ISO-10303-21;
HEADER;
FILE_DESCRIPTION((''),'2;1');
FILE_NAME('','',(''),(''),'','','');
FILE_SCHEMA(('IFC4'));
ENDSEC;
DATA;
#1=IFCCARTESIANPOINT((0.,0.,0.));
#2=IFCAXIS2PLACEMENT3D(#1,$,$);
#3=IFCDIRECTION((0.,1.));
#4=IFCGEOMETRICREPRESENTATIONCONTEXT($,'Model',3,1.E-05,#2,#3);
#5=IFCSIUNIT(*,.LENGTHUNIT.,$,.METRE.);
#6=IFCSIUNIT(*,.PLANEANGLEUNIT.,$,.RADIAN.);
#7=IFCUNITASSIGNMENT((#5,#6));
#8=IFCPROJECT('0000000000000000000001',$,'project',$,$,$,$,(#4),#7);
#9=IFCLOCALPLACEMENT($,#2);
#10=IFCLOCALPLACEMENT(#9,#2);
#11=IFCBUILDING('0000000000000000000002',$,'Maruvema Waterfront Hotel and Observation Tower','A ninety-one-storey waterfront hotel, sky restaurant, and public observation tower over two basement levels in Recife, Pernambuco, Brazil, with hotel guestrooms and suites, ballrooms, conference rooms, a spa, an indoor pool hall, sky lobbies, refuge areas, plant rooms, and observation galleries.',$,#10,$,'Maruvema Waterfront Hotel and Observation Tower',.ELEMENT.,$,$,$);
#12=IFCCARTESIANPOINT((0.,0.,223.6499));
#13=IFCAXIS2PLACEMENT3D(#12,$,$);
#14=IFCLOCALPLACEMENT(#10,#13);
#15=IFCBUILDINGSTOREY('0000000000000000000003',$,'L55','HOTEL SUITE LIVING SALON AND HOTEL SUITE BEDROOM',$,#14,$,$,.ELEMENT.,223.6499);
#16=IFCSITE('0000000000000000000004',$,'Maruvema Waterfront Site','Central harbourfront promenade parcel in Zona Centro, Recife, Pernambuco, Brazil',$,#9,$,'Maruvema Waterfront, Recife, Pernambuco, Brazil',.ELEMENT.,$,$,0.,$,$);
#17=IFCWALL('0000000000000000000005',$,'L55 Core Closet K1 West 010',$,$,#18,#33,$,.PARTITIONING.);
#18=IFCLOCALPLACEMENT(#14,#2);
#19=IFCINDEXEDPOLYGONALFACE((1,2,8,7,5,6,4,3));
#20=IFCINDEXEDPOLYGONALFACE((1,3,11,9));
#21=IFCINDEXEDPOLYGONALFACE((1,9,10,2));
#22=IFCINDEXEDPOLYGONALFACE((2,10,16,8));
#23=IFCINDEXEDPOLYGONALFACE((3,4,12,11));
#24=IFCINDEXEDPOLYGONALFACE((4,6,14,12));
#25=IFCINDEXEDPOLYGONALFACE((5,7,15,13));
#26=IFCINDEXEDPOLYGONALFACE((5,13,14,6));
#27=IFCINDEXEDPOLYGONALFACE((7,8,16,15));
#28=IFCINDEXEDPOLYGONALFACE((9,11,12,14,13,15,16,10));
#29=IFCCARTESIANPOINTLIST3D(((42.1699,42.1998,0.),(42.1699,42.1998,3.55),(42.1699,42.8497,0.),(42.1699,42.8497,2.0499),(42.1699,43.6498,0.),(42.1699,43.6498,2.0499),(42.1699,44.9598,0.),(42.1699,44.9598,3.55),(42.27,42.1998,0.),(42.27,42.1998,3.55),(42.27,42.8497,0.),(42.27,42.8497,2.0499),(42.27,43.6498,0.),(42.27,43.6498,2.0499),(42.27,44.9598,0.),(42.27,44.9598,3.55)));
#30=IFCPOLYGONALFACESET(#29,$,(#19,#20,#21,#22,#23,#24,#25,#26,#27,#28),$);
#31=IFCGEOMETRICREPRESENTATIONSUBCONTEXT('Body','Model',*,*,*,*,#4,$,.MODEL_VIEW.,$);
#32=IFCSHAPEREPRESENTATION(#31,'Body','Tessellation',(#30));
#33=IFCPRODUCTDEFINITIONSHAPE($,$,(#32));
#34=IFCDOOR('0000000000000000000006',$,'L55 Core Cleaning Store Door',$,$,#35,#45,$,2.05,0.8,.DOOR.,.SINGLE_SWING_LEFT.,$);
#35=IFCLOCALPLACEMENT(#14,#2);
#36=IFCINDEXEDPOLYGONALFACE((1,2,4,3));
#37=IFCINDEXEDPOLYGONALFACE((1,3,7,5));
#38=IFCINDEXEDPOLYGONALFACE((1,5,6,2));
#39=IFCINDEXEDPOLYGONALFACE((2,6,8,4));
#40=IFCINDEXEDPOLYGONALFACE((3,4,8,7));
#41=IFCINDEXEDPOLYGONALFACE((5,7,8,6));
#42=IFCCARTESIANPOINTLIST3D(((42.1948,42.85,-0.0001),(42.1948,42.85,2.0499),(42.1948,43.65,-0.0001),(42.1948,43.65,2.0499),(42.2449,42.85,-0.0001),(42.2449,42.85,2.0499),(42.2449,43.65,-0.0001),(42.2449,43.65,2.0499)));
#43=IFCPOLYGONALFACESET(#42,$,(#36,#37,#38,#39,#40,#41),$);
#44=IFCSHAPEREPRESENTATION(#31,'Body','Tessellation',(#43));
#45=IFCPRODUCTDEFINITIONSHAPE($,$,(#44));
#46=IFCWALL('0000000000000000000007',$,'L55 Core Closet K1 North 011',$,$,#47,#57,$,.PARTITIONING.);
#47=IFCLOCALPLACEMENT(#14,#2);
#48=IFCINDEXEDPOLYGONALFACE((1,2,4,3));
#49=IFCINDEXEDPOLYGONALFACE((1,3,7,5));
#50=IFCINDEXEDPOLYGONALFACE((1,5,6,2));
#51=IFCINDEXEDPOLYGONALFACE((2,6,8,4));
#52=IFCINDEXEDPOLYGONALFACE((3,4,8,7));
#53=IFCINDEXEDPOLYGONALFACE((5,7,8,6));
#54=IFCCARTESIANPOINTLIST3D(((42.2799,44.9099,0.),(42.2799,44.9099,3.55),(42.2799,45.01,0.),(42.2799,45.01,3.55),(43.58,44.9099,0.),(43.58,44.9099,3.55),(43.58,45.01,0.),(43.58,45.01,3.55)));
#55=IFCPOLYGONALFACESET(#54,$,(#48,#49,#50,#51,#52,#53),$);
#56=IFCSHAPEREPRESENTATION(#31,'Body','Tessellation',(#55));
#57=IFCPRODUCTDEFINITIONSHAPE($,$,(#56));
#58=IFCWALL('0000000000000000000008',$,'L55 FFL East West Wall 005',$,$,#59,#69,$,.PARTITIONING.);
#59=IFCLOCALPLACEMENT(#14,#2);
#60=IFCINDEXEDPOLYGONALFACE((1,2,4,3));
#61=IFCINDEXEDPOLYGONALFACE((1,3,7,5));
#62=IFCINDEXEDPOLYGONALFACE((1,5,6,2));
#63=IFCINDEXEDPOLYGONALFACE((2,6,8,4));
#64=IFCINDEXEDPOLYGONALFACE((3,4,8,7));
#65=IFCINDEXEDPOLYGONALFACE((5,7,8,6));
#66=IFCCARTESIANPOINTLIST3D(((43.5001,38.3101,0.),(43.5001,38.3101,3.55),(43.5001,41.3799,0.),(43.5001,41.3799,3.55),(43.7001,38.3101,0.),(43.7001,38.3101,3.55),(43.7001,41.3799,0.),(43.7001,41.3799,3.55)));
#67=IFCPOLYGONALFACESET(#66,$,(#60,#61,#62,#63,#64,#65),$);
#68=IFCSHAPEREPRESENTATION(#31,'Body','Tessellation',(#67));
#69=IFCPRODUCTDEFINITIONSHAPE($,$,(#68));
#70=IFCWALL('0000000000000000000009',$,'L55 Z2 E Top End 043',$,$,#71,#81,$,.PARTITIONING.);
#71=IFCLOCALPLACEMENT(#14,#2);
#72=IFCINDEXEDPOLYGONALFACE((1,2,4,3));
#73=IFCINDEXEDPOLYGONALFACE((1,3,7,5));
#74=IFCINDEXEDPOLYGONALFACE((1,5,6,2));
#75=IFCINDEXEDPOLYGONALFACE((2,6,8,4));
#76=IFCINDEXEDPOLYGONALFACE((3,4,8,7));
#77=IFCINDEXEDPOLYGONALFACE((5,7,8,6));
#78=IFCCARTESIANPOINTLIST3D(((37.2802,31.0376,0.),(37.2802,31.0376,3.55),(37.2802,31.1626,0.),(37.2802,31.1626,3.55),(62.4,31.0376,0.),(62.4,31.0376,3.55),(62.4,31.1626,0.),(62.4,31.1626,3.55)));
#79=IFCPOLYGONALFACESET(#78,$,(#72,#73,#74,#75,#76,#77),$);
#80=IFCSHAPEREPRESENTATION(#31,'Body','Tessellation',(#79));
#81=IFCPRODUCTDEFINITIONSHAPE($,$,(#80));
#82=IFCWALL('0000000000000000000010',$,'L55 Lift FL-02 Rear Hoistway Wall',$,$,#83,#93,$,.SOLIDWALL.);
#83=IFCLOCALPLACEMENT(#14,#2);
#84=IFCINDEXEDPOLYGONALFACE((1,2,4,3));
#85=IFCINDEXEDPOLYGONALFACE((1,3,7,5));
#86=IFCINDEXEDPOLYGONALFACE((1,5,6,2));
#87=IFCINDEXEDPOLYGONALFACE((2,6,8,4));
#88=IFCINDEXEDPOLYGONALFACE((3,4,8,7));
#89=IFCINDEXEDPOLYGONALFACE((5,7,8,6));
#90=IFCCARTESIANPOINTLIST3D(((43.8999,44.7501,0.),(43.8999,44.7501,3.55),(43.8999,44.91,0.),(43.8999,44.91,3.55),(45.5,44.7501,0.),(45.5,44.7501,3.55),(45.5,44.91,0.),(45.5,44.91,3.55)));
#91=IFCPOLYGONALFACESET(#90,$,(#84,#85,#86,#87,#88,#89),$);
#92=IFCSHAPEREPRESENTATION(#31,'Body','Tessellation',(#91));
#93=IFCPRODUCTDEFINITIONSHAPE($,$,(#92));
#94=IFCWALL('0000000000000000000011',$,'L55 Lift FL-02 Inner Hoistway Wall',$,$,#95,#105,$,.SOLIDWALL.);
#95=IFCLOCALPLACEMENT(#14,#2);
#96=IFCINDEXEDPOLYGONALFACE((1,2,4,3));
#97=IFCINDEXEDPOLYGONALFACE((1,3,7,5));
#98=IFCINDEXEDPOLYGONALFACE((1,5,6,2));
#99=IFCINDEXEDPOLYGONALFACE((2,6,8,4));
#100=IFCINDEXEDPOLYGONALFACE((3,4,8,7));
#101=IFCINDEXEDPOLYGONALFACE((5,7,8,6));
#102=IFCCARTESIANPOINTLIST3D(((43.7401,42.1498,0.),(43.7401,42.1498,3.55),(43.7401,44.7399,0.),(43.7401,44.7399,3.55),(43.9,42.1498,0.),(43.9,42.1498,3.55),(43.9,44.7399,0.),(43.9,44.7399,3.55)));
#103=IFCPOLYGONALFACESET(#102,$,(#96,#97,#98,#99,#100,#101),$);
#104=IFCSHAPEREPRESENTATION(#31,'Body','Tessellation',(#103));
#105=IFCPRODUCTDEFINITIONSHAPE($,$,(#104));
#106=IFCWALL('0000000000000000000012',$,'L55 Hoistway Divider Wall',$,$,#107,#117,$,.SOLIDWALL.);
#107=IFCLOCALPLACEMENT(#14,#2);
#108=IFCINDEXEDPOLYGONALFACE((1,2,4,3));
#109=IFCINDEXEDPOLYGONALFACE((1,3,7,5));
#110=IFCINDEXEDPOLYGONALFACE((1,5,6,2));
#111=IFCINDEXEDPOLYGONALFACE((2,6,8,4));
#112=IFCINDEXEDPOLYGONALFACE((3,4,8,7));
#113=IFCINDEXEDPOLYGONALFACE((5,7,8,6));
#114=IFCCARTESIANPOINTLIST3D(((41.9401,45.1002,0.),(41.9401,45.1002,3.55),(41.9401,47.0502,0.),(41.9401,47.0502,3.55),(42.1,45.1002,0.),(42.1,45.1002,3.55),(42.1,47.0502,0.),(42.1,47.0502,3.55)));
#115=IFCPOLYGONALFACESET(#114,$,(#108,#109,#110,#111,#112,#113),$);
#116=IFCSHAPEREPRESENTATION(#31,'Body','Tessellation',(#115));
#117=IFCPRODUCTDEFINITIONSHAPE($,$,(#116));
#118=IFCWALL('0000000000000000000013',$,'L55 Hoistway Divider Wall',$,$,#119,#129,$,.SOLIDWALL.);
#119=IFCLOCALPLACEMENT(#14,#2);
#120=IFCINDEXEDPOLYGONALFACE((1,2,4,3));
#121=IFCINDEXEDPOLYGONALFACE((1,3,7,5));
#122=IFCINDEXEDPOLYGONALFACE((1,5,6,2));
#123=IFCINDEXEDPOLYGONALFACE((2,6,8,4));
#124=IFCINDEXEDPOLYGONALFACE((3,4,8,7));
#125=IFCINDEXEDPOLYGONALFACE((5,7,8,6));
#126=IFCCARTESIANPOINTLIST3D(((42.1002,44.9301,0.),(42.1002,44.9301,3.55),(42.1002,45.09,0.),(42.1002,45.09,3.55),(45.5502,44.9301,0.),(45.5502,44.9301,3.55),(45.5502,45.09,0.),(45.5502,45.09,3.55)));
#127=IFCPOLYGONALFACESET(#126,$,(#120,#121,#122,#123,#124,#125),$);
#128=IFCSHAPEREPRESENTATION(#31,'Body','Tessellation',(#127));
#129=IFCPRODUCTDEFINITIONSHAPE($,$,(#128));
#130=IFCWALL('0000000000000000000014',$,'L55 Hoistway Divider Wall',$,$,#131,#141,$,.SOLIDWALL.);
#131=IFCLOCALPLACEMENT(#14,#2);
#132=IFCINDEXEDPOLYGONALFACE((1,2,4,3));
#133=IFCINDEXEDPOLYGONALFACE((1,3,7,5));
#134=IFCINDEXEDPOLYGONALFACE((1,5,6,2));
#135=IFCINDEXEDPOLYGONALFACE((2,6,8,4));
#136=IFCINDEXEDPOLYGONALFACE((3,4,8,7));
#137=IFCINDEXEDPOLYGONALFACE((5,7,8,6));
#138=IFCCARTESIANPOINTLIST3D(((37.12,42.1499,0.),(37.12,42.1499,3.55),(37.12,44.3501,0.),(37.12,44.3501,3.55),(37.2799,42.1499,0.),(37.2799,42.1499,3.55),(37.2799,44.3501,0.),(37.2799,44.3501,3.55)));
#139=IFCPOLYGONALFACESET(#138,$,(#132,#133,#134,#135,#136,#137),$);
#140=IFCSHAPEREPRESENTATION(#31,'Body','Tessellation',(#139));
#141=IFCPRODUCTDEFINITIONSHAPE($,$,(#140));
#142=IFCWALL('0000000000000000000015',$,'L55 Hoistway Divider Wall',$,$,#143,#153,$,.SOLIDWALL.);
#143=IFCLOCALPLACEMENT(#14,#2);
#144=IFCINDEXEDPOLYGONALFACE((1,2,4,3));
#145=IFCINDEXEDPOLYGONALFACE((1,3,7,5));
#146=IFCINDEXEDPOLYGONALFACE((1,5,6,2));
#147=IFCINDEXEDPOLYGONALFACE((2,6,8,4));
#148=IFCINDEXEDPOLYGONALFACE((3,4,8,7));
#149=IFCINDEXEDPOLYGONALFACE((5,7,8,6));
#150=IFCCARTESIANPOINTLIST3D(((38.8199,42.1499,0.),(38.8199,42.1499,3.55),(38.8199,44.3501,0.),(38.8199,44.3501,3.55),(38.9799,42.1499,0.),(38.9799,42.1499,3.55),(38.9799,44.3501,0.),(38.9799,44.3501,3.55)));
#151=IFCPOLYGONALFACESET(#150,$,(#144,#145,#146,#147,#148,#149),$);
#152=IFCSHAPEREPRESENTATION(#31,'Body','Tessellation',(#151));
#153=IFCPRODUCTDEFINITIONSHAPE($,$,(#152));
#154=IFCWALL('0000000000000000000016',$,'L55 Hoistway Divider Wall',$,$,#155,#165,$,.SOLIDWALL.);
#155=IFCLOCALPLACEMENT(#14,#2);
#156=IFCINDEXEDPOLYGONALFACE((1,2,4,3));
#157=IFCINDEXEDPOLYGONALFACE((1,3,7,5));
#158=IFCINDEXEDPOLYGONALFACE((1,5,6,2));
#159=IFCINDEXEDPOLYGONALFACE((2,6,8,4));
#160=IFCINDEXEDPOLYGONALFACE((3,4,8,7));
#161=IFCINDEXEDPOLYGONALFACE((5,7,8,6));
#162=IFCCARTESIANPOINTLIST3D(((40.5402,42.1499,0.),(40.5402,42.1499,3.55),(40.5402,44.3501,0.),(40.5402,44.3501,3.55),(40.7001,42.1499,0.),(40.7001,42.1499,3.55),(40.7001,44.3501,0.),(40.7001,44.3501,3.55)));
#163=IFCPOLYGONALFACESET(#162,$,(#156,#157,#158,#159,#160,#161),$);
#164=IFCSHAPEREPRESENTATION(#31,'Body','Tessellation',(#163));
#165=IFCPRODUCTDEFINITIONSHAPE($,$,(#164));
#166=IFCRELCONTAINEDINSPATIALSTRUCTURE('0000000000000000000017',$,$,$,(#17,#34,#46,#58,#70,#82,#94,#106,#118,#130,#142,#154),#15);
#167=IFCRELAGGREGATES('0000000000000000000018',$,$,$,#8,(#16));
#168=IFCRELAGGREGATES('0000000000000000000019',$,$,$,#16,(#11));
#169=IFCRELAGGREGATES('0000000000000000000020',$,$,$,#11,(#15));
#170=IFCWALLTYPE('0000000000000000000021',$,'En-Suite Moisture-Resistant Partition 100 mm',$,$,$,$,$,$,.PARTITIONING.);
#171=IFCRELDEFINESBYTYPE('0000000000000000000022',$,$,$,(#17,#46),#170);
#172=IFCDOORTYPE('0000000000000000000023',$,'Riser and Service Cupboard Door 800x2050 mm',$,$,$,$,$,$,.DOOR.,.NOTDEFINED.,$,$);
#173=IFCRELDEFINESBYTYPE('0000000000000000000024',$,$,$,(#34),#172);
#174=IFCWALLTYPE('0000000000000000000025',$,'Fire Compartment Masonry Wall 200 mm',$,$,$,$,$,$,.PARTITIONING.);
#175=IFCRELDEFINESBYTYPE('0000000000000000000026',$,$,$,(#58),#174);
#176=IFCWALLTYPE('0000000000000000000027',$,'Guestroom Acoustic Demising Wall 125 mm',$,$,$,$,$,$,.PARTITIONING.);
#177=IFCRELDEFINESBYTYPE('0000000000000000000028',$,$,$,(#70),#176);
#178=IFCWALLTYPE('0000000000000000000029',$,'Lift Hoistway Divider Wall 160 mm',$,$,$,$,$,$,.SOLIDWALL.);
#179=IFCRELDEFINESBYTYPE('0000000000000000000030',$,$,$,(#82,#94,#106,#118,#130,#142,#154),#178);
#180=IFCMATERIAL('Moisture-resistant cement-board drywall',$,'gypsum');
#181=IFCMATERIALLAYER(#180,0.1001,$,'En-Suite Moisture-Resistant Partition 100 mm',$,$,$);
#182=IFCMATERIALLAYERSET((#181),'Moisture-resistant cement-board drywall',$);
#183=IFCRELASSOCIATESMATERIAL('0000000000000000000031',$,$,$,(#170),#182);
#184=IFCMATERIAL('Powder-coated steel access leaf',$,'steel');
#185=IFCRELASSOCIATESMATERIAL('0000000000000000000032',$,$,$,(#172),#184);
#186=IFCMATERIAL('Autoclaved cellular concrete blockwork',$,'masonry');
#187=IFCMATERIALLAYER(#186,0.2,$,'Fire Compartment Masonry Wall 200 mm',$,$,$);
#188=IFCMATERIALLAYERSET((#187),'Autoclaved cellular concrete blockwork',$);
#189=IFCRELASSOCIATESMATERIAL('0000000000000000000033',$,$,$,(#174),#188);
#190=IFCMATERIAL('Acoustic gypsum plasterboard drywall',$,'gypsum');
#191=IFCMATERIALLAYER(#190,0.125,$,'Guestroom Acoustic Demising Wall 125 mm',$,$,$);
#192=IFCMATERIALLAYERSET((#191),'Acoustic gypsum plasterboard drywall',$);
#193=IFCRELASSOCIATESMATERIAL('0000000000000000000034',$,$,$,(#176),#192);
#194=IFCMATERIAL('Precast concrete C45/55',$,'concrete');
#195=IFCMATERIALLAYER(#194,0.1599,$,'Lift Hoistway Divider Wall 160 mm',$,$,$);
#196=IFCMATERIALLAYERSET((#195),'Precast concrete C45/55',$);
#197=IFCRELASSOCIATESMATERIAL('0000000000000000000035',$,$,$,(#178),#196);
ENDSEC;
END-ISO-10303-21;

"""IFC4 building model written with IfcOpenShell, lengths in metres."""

from ifc_helpers import new_model, si_unit, direction, frame, frame_2d, origin, place, context, subcontext, project, spatial, rectangle, extrude, material, layer, layer_set, type_object, element, fill, save


model = new_model("IFC4")

# Units and contexts
model_context = context("Model", 3, precision=1e-05, world=origin(), true_north=direction((0.0, 1.0)))
body_context = subcontext(model_context, "Body", "Model", "MODEL_VIEW")
ifc_project = project(units=[si_unit("LENGTHUNIT", "METRE"), si_unit("PLANEANGLEUNIT", "RADIAN")], contexts=[model_context])

# Site, building, storey
site_placement = place(None, origin())
site = spatial("IfcSite", under=ifc_project, at=site_placement, Name="Maruvema Waterfront Site", Description="Central harbourfront promenade parcel in Zona Centro, Recife, Pernambuco, Brazil", LongName="Maruvema Waterfront, Recife, Pernambuco, Brazil", CompositionType="ELEMENT", RefElevation=0.0)
building_placement = place(site_placement, origin())
building = spatial("IfcBuilding", under=site, at=building_placement, Name="Maruvema Waterfront Hotel and Observation Tower", Description="A ninety-one-storey waterfront hotel, sky restaurant, and public observation tower over two basement levels in Recife, Pernambuco, Brazil, with hotel guestrooms and suites, ballrooms, conference rooms, a spa, an indoor pool hall, sky lobbies, refuge areas, plant rooms, and observation galleries.", LongName="Maruvema Waterfront Hotel and Observation Tower", CompositionType="ELEMENT")
storey_placement = place(building_placement, frame((0.0, 0.0, 223.6499)))
storey = spatial("IfcBuildingStorey", under=building, at=storey_placement, Name="L55", Description="HOTEL SUITE LIVING SALON AND HOTEL SUITE BEDROOM", CompositionType="ELEMENT", Elevation=223.6499)

# Wall, opening, door
ifc_material_1 = material(Name="Moisture-resistant cement-board drywall", Category="gypsum")
ifc_layer_1 = layer(ifc_material_1, 0.1001, Name="En-Suite Moisture-Resistant Partition 100 mm")
ifc_layer_set_1 = layer_set([ifc_layer_1], Name="Moisture-resistant cement-board drywall")
wall_type_1 = type_object("IfcWallType", Name="En-Suite Moisture-Resistant Partition 100 mm", PredefinedType="PARTITIONING", material=ifc_layer_set_1)
wall_1_placement = place(storey_placement, frame((42.22, 42.2, 0.0), z_axis=(0.0, 0.0, 1.0), x_axis=(0.0, 1.0, 0.0)))
wall_1 = element("IfcWall", 1, at=wall_1_placement, inside=storey, type_object=wall_type_1, Name="L55 Core Closet K1 West 010", PredefinedType="PARTITIONING", context=body_context, shape_type="SweptSolid", body=[
    extrude(rectangle(XDim=2.76, YDim=0.1001, at=frame_2d((1.3799, 0.0))), origin(), (0.0, 0.0, 1.0), 3.55),
])
opening_1_placement = place(wall_1_placement, frame((0.6499, 0.0, 0.0)))
opening_1 = element("IfcOpeningElement", 2, at=opening_1_placement, cuts=wall_1, PredefinedType="OPENING", context=body_context, shape_type="SweptSolid", body=[
    extrude(rectangle(XDim=0.8, YDim=2.05, at=frame_2d((0.3999, 1.0249))), frame((0.0, 0.0601, 0.0), z_axis=(0.0, -1.0, 0.0), x_axis=(1.0, 0.0, 0.0)), (0.0, 0.0, 1.0), 0.1201),
])
ifc_material_2 = material(Name="Powder-coated steel access leaf", Category="steel")
door_type_1 = type_object("IfcDoorType", Name="Riser and Service Cupboard Door 800x2050 mm", OperationType="NOTDEFINED", PredefinedType="DOOR", material=ifc_material_2)
door_1_placement = place(opening_1_placement, frame((0.8, 0.0, 0.0), z_axis=(0.0, 0.0, 1.0), x_axis=(-1.0, 0.0, 0.0)))
door_1 = element("IfcDoor", 3, at=door_1_placement, inside=storey, type_object=door_type_1, Name="L55 Core Cleaning Store Door", OperationType="SINGLE_SWING_LEFT", OverallHeight=2.05, OverallWidth=0.8, PredefinedType="DOOR", context=body_context, shape_type="SweptSolid", body=[
    extrude(rectangle(XDim=0.8, YDim=2.05, at=frame_2d((0.3999, 1.0249))), frame((0.0, 0.0249, 0.0), z_axis=(0.0, -1.0, 0.0), x_axis=(1.0, 0.0, 0.0)), (0.0, 0.0, 1.0), 0.05),
])
fill(opening_1, door_1)

# Wall
wall_2_placement = place(storey_placement, frame((42.28, 44.96, 0.0), z_axis=(0.0, 0.0, 1.0), x_axis=(1.0, 0.0, 0.0)))
element("IfcWall", 4, at=wall_2_placement, inside=storey, type_object=wall_type_1, Name="L55 Core Closet K1 North 011", PredefinedType="PARTITIONING", context=body_context, shape_type="SweptSolid", body=[
    extrude(rectangle(XDim=1.3, YDim=0.1001, at=frame_2d((0.6499, 0.0))), origin(), (0.0, 0.0, 1.0), 3.55),
])

# Shared definitions
ifc_material_3 = material(Name="Autoclaved cellular concrete blockwork", Category="masonry")
ifc_layer_2 = layer(ifc_material_3, 0.2, Name="Fire Compartment Masonry Wall 200 mm")
ifc_layer_set_2 = layer_set([ifc_layer_2], Name="Autoclaved cellular concrete blockwork")
wall_type_2 = type_object("IfcWallType", Name="Fire Compartment Masonry Wall 200 mm", PredefinedType="PARTITIONING", material=ifc_layer_set_2)

# Walls
wall_3_placement = place(storey_placement, frame((43.6001, 38.3101, 0.0), z_axis=(0.0, 0.0, 1.0), x_axis=(0.0, 1.0, 0.0)))
element("IfcWall", 5, at=wall_3_placement, inside=storey, type_object=wall_type_2, Name="L55 FFL East West Wall 005", PredefinedType="PARTITIONING", context=body_context, shape_type="SweptSolid", body=[
    extrude(rectangle(XDim=3.0698, YDim=0.2, at=frame_2d((1.5349, 0.0))), origin(), (0.0, 0.0, 1.0), 3.55),
])
ifc_material_4 = material(Name="Acoustic gypsum plasterboard drywall", Category="gypsum")
ifc_layer_3 = layer(ifc_material_4, 0.125, Name="Guestroom Acoustic Demising Wall 125 mm")
ifc_layer_set_3 = layer_set([ifc_layer_3], Name="Acoustic gypsum plasterboard drywall")
wall_type_3 = type_object("IfcWallType", Name="Guestroom Acoustic Demising Wall 125 mm", PredefinedType="PARTITIONING", material=ifc_layer_set_3)
wall_4_placement = place(storey_placement, frame((37.28, 31.1001, 0.0), z_axis=(0.0, 0.0, 1.0), x_axis=(1.0, 0.0, 0.0)))
element("IfcWall", 6, at=wall_4_placement, inside=storey, type_object=wall_type_3, Name="L55 Z2 E Top End 043", PredefinedType="PARTITIONING", context=body_context, shape_type="SweptSolid", body=[
    extrude(rectangle(XDim=25.1199, YDim=0.125, at=frame_2d((12.5601, 0.0))), origin(), (0.0, 0.0, 1.0), 3.55),
])
ifc_material_5 = material(Name="Precast concrete C45/55", Category="concrete")
ifc_layer_4 = layer(ifc_material_5, 0.1599, Name="Lift Hoistway Divider Wall 160 mm")
ifc_layer_set_4 = layer_set([ifc_layer_4], Name="Precast concrete C45/55")
wall_type_4 = type_object("IfcWallType", Name="Lift Hoistway Divider Wall 160 mm", PredefinedType="SOLIDWALL", material=ifc_layer_set_4)
wall_5_placement = place(storey_placement, frame((43.8999, 44.8301, 0.0), z_axis=(0.0, 0.0, 1.0), x_axis=(1.0, 0.0, 0.0)))
element("IfcWall", 7, at=wall_5_placement, inside=storey, type_object=wall_type_4, Name="L55 Lift FL-02 Rear Hoistway Wall", PredefinedType="SOLIDWALL", context=body_context, shape_type="SweptSolid", body=[
    extrude(rectangle(XDim=1.6001, YDim=0.1599, at=frame_2d((0.8, 0.0))), origin(), (0.0, 0.0, 1.0), 3.55),
])
wall_6_placement = place(storey_placement, frame((43.8201, 42.1499, 0.0), z_axis=(0.0, 0.0, 1.0), x_axis=(0.0, 1.0, 0.0)))
element("IfcWall", 8, at=wall_6_placement, inside=storey, type_object=wall_type_4, Name="L55 Lift FL-02 Inner Hoistway Wall", PredefinedType="SOLIDWALL", context=body_context, shape_type="SweptSolid", body=[
    extrude(rectangle(XDim=2.5901, YDim=0.1599, at=frame_2d((1.2949, 0.0))), origin(), (0.0, 0.0, 1.0), 3.55),
])
wall_7_placement = place(storey_placement, frame((42.02, 45.1001, 0.0), z_axis=(0.0, 0.0, 1.0), x_axis=(0.0, 1.0, 0.0)))
element("IfcWall", 9, at=wall_7_placement, inside=storey, type_object=wall_type_4, Name="L55 Hoistway Divider Wall", PredefinedType="SOLIDWALL", context=body_context, shape_type="SweptSolid", body=[
    extrude(rectangle(XDim=1.95, YDim=0.1599, at=frame_2d((0.9751, 0.0))), origin(), (0.0, 0.0, 1.0), 3.55),
])
wall_8_placement = place(storey_placement, frame((42.1001, 45.01, 0.0), z_axis=(0.0, 0.0, 1.0), x_axis=(1.0, 0.0, 0.0)))
element("IfcWall", 10, at=wall_8_placement, inside=storey, type_object=wall_type_4, Name="L55 Hoistway Divider Wall", PredefinedType="SOLIDWALL", context=body_context, shape_type="SweptSolid", body=[
    extrude(rectangle(XDim=3.45, YDim=0.1599, at=frame_2d((1.7251, 0.0))), origin(), (0.0, 0.0, 1.0), 3.55),
])
for number, where, z_axis, x_axis, name in (
    (11, (37.2, 42.1499, 0.0), (0.0, 0.0, 1.0), (0.0, 1.0, 0.0), "L55 Hoistway Divider Wall"),
    (12, (38.8999, 42.1499, 0.0), (0.0, 0.0, 1.0), (0.0, 1.0, 0.0), "L55 Hoistway Divider Wall"),
    (13, (40.6201, 42.1499, 0.0), (0.0, 0.0, 1.0), (0.0, 1.0, 0.0), "L55 Hoistway Divider Wall"),
):
    element("IfcWall", number, at=place(storey_placement, frame(where, z_axis=z_axis, x_axis=x_axis)), inside=storey, type_object=wall_type_4, Name=name, PredefinedType="SOLIDWALL", context=body_context, shape_type="SweptSolid", body=[
        extrude(rectangle(XDim=2.2002, YDim=0.1599, at=frame_2d((1.1001, 0.0))), origin(), (0.0, 0.0, 1.0), 3.55),
    ])

save(model, "model.ifc")
